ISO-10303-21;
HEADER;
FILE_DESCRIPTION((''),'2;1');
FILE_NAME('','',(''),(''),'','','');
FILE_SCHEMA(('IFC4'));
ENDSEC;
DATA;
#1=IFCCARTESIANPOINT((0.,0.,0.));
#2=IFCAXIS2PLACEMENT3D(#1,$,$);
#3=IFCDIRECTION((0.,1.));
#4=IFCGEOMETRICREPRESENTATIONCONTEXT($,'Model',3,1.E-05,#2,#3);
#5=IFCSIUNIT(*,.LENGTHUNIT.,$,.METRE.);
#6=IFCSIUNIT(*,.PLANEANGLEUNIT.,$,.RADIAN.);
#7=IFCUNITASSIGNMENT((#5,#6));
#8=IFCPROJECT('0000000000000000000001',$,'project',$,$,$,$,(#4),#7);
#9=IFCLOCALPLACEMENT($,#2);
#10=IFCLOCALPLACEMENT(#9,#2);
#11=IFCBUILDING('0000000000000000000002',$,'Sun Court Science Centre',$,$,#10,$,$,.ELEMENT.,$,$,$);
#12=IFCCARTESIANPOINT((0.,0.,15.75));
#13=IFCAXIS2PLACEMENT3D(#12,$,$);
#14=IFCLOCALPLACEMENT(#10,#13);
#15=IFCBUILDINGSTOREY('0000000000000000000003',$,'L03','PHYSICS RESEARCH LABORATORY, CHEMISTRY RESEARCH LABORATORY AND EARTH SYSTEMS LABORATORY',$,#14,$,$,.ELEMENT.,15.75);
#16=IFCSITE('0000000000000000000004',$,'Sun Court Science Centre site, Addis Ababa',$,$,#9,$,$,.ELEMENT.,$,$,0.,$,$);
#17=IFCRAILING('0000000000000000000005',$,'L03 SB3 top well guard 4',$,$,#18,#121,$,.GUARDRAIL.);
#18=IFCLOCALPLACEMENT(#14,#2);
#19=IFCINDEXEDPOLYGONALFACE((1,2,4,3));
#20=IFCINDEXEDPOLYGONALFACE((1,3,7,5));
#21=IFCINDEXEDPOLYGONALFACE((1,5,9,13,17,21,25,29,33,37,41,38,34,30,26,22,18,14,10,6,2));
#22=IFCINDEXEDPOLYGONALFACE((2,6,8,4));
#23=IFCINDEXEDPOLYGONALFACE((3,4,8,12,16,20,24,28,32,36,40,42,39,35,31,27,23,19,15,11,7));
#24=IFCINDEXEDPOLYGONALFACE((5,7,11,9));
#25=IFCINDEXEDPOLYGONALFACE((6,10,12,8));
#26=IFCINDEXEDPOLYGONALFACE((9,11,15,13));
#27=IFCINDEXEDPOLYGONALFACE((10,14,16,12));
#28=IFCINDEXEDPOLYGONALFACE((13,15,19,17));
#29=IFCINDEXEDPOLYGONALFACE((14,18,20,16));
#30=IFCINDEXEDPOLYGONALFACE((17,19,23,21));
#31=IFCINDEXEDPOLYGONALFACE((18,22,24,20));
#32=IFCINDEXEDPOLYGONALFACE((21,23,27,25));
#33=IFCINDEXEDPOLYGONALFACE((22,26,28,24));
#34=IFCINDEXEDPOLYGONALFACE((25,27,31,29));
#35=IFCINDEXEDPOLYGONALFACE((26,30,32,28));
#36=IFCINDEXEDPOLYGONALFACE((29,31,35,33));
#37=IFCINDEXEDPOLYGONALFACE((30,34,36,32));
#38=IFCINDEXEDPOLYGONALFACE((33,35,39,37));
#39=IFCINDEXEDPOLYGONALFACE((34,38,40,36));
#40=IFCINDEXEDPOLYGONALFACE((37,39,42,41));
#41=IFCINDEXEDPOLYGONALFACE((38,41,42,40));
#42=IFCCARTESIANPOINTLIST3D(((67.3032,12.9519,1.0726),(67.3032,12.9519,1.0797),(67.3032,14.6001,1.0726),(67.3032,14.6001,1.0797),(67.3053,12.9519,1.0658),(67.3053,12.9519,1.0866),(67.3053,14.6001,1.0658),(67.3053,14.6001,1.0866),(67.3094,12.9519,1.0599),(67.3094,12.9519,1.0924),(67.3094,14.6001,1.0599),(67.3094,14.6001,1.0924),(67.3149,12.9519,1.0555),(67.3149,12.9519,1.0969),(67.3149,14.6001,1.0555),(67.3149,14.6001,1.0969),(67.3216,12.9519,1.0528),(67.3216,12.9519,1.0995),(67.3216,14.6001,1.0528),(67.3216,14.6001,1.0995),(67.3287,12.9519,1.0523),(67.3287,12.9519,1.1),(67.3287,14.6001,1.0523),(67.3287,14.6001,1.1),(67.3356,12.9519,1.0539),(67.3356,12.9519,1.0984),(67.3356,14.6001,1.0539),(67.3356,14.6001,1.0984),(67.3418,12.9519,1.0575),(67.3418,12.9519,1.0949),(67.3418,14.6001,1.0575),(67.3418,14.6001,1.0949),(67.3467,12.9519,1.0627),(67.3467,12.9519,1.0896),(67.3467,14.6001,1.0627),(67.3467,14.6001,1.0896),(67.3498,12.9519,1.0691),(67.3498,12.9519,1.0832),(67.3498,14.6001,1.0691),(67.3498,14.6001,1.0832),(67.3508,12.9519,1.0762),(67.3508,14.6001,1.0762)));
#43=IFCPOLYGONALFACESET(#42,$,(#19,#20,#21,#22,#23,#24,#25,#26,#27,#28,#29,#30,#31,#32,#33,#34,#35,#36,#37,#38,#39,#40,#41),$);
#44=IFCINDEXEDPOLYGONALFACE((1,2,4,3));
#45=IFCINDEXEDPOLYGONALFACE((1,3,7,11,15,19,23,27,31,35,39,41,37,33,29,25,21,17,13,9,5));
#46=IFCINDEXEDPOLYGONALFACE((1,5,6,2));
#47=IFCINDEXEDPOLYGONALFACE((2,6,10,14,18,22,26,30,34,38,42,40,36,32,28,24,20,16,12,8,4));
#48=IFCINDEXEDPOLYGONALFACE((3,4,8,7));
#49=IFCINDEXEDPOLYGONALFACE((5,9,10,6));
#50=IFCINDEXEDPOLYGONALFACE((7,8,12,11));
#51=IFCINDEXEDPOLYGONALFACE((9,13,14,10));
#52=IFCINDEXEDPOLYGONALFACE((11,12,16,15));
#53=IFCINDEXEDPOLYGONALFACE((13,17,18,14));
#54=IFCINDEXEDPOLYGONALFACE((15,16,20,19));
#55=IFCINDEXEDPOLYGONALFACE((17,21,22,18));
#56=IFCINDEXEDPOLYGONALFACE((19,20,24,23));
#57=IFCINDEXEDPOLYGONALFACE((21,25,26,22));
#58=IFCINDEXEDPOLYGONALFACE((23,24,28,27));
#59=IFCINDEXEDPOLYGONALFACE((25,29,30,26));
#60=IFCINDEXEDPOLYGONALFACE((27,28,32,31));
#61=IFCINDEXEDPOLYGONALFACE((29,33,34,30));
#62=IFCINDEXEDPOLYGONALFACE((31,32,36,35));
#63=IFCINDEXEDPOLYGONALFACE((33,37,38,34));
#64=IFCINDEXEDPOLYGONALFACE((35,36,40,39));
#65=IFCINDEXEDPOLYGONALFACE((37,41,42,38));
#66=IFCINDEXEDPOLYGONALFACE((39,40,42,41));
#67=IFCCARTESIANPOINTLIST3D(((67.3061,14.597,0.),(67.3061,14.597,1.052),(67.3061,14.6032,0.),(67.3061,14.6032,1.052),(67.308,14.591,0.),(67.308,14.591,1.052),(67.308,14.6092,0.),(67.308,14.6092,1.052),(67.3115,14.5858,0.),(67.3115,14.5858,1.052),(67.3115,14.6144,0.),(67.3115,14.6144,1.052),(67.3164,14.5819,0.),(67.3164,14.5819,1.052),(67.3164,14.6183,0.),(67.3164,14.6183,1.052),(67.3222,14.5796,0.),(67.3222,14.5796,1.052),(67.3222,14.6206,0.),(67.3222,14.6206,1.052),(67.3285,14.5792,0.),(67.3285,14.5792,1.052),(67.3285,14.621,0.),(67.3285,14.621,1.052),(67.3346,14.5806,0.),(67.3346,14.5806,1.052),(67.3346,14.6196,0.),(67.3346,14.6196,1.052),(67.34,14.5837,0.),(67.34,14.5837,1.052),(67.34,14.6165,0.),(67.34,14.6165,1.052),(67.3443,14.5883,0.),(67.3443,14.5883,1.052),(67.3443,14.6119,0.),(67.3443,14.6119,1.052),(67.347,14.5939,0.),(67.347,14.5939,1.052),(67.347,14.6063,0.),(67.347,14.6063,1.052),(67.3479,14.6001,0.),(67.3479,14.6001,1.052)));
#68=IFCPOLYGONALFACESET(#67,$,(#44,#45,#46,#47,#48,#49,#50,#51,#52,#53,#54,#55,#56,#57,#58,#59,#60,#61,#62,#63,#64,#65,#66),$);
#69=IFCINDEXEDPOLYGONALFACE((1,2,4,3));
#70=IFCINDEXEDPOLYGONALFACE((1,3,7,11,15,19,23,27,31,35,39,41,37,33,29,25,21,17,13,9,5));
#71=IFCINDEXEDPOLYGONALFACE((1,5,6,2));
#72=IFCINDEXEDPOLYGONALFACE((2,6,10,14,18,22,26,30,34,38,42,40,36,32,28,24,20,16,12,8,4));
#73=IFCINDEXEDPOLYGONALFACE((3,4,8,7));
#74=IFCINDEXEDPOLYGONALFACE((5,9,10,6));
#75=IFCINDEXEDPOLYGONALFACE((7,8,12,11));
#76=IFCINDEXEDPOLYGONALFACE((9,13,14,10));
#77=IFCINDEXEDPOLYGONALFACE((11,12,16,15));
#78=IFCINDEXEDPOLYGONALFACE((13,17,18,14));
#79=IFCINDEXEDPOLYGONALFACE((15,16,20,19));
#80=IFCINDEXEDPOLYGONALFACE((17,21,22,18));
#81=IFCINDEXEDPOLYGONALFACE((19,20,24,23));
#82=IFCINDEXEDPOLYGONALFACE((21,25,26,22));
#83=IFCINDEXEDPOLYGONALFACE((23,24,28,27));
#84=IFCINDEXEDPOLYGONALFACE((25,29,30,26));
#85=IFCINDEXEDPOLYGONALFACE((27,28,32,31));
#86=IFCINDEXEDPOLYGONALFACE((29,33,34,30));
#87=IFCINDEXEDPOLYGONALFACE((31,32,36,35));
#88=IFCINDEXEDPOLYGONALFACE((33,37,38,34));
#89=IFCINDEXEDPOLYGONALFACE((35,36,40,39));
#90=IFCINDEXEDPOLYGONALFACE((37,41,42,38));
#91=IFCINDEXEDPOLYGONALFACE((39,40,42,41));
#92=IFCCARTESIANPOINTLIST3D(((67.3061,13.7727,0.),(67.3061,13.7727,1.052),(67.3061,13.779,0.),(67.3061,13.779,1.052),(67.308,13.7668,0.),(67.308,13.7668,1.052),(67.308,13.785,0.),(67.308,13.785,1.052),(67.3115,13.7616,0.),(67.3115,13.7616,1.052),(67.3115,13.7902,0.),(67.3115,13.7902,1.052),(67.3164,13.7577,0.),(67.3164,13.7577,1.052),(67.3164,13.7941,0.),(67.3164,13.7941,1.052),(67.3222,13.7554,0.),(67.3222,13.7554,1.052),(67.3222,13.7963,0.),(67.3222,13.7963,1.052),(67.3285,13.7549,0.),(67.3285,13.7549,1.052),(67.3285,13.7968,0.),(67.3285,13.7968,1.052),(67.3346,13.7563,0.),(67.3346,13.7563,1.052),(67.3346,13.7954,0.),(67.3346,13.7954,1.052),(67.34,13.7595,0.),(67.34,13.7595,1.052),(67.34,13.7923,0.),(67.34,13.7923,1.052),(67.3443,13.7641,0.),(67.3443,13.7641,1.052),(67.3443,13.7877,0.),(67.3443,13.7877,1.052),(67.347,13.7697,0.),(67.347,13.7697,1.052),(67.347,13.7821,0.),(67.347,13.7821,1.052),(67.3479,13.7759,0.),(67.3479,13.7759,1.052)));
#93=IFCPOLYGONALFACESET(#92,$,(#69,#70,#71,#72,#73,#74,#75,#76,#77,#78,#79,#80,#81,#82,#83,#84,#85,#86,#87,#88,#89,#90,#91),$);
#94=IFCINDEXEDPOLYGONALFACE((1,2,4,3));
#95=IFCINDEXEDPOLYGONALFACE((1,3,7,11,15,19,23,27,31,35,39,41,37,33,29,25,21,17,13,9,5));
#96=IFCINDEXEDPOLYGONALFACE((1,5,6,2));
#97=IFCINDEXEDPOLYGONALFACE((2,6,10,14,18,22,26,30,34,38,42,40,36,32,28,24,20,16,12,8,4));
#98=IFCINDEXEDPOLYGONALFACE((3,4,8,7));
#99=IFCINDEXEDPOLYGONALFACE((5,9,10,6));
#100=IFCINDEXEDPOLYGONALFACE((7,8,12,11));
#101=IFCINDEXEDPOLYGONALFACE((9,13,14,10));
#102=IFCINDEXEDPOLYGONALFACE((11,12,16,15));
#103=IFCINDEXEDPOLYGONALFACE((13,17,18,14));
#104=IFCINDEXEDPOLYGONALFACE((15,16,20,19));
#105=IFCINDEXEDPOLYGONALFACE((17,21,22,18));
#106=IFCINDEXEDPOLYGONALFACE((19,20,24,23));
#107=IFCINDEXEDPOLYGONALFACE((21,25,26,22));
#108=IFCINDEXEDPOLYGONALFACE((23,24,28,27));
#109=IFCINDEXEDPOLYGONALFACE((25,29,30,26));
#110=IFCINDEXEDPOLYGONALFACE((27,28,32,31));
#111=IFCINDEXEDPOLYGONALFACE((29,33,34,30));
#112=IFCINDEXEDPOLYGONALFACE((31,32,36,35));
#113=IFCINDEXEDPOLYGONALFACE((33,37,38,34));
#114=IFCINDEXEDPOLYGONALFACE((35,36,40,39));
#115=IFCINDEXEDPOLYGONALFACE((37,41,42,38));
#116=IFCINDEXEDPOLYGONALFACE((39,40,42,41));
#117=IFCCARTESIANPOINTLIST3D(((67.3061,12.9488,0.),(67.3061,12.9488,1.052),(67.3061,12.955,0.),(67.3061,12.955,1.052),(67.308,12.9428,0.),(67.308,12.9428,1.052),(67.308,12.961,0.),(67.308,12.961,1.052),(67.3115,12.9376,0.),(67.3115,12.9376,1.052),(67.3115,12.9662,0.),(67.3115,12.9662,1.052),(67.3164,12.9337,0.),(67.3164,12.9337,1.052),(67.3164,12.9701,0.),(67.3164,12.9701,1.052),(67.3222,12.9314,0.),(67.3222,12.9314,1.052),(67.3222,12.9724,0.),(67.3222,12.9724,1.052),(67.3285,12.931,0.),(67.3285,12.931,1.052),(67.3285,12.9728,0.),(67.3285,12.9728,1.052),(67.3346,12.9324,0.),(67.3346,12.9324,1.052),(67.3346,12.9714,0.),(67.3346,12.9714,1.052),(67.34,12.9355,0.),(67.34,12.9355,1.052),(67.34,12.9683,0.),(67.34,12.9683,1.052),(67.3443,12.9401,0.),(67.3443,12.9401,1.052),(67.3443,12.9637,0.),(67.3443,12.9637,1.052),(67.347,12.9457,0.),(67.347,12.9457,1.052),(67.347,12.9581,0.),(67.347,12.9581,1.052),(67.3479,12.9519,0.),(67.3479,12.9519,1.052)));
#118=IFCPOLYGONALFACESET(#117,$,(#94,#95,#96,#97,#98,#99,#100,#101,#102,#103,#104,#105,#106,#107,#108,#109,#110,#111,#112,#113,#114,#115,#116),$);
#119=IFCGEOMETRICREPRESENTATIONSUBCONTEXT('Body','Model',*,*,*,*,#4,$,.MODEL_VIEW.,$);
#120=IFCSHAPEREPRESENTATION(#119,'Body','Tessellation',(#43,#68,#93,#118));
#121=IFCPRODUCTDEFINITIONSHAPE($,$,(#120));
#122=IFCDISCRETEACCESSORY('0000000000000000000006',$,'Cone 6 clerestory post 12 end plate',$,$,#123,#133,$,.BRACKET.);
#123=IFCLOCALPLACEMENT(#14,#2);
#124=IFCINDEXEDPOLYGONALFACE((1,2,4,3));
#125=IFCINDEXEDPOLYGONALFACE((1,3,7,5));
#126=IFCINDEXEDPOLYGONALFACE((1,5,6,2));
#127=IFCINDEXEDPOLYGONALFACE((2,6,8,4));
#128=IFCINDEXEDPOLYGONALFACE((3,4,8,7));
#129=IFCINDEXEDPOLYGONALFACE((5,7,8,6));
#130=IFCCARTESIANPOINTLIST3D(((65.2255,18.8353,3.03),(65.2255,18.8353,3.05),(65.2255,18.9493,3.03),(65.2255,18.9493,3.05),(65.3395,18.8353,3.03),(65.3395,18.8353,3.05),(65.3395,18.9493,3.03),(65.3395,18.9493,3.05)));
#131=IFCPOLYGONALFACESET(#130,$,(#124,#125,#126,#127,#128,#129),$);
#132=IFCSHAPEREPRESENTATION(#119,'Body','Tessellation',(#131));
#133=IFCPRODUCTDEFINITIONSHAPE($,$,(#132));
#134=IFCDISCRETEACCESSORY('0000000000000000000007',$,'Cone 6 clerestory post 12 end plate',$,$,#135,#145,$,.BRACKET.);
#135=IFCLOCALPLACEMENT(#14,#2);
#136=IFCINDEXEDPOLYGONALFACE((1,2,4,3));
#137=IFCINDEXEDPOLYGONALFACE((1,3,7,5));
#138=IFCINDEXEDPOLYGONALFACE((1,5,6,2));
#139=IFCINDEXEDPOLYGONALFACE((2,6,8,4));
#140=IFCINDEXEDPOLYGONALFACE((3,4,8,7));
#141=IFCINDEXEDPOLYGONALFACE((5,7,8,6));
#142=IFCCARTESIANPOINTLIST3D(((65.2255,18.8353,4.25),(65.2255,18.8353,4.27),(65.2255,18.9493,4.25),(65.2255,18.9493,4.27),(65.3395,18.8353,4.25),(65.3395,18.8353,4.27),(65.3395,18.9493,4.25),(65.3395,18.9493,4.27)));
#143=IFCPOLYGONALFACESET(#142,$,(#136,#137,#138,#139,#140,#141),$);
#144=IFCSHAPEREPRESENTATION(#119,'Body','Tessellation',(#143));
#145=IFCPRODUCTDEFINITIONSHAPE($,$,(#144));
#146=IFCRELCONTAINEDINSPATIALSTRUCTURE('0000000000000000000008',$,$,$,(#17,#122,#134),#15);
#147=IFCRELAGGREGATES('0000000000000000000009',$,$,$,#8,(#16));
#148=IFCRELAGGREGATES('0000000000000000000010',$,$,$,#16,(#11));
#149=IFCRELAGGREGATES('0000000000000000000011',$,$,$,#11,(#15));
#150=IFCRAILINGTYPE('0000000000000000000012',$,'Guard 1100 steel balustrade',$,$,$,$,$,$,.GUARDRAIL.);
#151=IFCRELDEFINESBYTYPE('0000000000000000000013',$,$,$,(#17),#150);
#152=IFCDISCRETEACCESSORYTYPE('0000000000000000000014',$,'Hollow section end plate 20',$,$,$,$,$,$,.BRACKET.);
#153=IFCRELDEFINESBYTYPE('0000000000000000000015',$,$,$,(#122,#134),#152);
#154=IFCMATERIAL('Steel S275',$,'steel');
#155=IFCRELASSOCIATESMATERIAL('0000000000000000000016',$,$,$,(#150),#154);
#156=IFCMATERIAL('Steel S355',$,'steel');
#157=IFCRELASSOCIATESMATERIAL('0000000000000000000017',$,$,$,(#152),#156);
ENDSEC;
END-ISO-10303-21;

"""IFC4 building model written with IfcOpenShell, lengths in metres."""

from ifc_helpers import new_model, si_unit, direction, frame, origin, origin_2d, place, context, subcontext, project, spatial, rectangle, circle, extrude, material, type_object, element, save


model = new_model("IFC4")

# Units and contexts
model_context = context("Model", 3, precision=1e-05, world=origin(), true_north=direction((0.0, 1.0)))
body_context = subcontext(model_context, "Body", "Model", "MODEL_VIEW")
ifc_project = project(units=[si_unit("LENGTHUNIT", "METRE"), si_unit("PLANEANGLEUNIT", "RADIAN")], contexts=[model_context])

# Site, building, storey
site_placement = place(None, origin())
site = spatial("IfcSite", under=ifc_project, at=site_placement, Name="Sun Court Science Centre site, Addis Ababa", CompositionType="ELEMENT", RefElevation=0.0)
building_placement = place(site_placement, origin())
building = spatial("IfcBuilding", under=site, at=building_placement, Name="Sun Court Science Centre", CompositionType="ELEMENT")
storey_placement = place(building_placement, frame((0.0, 0.0, 15.75)))
storey = spatial("IfcBuildingStorey", under=building, at=storey_placement, Name="L03", Description="PHYSICS RESEARCH LABORATORY, CHEMISTRY RESEARCH LABORATORY AND EARTH SYSTEMS LABORATORY", CompositionType="ELEMENT", Elevation=15.75)

# Railing
ifc_material_1 = material(Name="Steel S275", Category="steel")
railing_type = type_object("IfcRailingType", Name="Guard 1100 steel balustrade", PredefinedType="GUARDRAIL", material=ifc_material_1)
railing_1_placement = place(storey_placement, frame((67.3269, 14.6001, 0.0)))
element("IfcRailing", 1, at=railing_1_placement, inside=storey, type_object=railing_type, Name="L03 SB3 top well guard 4", PredefinedType="GUARDRAIL", context=body_context, shape_type="SweptSolid", body=[
    extrude(circle(Radius=0.0239, at=origin_2d()), frame((0.0, 0.0, 1.0762), z_axis=(0.0, -1.0, 0.0), x_axis=(1.0, 0.0, 0.0)), (0.0, 0.0, 1.0), 1.6482),
    extrude(circle(Radius=0.021, at=origin_2d()), origin(), (0.0, 0.0, 1.0), 1.052),
    extrude(circle(Radius=0.021, at=origin_2d()), frame((0.0, -0.8242, 0.0)), (0.0, 0.0, 1.0), 1.052),
    extrude(circle(Radius=0.021, at=origin_2d()), frame((0.0, -1.6482, 0.0)), (0.0, 0.0, 1.0), 1.052),
])

# Discrete accessories
ifc_material_2 = material(Name="Steel S355", Category="steel")
discrete_accessory_type = type_object("IfcDiscreteAccessoryType", Name="Hollow section end plate 20", PredefinedType="BRACKET", material=ifc_material_2)
for number, where, z_axis, x_axis, name in (
    (2, (65.2825, 18.8923, 3.03), (0.0, 0.0, 1.0), (1.0, 0.0, 0.0), "Cone 6 clerestory post 12 end plate"),
    (3, (65.2825, 18.8923, 4.25), (0.0, 0.0, 1.0), (1.0, 0.0, 0.0), "Cone 6 clerestory post 12 end plate"),
):
    element("IfcDiscreteAccessory", number, at=place(storey_placement, frame(where, z_axis=z_axis, x_axis=x_axis)), inside=storey, type_object=discrete_accessory_type, Name=name, PredefinedType="BRACKET", context=body_context, shape_type="SweptSolid", body=[
        extrude(rectangle(XDim=0.114, YDim=0.114, at=origin_2d()), origin(), (0.0, 0.0, 1.0), 0.02),
    ])

save(model, "model.ifc")
